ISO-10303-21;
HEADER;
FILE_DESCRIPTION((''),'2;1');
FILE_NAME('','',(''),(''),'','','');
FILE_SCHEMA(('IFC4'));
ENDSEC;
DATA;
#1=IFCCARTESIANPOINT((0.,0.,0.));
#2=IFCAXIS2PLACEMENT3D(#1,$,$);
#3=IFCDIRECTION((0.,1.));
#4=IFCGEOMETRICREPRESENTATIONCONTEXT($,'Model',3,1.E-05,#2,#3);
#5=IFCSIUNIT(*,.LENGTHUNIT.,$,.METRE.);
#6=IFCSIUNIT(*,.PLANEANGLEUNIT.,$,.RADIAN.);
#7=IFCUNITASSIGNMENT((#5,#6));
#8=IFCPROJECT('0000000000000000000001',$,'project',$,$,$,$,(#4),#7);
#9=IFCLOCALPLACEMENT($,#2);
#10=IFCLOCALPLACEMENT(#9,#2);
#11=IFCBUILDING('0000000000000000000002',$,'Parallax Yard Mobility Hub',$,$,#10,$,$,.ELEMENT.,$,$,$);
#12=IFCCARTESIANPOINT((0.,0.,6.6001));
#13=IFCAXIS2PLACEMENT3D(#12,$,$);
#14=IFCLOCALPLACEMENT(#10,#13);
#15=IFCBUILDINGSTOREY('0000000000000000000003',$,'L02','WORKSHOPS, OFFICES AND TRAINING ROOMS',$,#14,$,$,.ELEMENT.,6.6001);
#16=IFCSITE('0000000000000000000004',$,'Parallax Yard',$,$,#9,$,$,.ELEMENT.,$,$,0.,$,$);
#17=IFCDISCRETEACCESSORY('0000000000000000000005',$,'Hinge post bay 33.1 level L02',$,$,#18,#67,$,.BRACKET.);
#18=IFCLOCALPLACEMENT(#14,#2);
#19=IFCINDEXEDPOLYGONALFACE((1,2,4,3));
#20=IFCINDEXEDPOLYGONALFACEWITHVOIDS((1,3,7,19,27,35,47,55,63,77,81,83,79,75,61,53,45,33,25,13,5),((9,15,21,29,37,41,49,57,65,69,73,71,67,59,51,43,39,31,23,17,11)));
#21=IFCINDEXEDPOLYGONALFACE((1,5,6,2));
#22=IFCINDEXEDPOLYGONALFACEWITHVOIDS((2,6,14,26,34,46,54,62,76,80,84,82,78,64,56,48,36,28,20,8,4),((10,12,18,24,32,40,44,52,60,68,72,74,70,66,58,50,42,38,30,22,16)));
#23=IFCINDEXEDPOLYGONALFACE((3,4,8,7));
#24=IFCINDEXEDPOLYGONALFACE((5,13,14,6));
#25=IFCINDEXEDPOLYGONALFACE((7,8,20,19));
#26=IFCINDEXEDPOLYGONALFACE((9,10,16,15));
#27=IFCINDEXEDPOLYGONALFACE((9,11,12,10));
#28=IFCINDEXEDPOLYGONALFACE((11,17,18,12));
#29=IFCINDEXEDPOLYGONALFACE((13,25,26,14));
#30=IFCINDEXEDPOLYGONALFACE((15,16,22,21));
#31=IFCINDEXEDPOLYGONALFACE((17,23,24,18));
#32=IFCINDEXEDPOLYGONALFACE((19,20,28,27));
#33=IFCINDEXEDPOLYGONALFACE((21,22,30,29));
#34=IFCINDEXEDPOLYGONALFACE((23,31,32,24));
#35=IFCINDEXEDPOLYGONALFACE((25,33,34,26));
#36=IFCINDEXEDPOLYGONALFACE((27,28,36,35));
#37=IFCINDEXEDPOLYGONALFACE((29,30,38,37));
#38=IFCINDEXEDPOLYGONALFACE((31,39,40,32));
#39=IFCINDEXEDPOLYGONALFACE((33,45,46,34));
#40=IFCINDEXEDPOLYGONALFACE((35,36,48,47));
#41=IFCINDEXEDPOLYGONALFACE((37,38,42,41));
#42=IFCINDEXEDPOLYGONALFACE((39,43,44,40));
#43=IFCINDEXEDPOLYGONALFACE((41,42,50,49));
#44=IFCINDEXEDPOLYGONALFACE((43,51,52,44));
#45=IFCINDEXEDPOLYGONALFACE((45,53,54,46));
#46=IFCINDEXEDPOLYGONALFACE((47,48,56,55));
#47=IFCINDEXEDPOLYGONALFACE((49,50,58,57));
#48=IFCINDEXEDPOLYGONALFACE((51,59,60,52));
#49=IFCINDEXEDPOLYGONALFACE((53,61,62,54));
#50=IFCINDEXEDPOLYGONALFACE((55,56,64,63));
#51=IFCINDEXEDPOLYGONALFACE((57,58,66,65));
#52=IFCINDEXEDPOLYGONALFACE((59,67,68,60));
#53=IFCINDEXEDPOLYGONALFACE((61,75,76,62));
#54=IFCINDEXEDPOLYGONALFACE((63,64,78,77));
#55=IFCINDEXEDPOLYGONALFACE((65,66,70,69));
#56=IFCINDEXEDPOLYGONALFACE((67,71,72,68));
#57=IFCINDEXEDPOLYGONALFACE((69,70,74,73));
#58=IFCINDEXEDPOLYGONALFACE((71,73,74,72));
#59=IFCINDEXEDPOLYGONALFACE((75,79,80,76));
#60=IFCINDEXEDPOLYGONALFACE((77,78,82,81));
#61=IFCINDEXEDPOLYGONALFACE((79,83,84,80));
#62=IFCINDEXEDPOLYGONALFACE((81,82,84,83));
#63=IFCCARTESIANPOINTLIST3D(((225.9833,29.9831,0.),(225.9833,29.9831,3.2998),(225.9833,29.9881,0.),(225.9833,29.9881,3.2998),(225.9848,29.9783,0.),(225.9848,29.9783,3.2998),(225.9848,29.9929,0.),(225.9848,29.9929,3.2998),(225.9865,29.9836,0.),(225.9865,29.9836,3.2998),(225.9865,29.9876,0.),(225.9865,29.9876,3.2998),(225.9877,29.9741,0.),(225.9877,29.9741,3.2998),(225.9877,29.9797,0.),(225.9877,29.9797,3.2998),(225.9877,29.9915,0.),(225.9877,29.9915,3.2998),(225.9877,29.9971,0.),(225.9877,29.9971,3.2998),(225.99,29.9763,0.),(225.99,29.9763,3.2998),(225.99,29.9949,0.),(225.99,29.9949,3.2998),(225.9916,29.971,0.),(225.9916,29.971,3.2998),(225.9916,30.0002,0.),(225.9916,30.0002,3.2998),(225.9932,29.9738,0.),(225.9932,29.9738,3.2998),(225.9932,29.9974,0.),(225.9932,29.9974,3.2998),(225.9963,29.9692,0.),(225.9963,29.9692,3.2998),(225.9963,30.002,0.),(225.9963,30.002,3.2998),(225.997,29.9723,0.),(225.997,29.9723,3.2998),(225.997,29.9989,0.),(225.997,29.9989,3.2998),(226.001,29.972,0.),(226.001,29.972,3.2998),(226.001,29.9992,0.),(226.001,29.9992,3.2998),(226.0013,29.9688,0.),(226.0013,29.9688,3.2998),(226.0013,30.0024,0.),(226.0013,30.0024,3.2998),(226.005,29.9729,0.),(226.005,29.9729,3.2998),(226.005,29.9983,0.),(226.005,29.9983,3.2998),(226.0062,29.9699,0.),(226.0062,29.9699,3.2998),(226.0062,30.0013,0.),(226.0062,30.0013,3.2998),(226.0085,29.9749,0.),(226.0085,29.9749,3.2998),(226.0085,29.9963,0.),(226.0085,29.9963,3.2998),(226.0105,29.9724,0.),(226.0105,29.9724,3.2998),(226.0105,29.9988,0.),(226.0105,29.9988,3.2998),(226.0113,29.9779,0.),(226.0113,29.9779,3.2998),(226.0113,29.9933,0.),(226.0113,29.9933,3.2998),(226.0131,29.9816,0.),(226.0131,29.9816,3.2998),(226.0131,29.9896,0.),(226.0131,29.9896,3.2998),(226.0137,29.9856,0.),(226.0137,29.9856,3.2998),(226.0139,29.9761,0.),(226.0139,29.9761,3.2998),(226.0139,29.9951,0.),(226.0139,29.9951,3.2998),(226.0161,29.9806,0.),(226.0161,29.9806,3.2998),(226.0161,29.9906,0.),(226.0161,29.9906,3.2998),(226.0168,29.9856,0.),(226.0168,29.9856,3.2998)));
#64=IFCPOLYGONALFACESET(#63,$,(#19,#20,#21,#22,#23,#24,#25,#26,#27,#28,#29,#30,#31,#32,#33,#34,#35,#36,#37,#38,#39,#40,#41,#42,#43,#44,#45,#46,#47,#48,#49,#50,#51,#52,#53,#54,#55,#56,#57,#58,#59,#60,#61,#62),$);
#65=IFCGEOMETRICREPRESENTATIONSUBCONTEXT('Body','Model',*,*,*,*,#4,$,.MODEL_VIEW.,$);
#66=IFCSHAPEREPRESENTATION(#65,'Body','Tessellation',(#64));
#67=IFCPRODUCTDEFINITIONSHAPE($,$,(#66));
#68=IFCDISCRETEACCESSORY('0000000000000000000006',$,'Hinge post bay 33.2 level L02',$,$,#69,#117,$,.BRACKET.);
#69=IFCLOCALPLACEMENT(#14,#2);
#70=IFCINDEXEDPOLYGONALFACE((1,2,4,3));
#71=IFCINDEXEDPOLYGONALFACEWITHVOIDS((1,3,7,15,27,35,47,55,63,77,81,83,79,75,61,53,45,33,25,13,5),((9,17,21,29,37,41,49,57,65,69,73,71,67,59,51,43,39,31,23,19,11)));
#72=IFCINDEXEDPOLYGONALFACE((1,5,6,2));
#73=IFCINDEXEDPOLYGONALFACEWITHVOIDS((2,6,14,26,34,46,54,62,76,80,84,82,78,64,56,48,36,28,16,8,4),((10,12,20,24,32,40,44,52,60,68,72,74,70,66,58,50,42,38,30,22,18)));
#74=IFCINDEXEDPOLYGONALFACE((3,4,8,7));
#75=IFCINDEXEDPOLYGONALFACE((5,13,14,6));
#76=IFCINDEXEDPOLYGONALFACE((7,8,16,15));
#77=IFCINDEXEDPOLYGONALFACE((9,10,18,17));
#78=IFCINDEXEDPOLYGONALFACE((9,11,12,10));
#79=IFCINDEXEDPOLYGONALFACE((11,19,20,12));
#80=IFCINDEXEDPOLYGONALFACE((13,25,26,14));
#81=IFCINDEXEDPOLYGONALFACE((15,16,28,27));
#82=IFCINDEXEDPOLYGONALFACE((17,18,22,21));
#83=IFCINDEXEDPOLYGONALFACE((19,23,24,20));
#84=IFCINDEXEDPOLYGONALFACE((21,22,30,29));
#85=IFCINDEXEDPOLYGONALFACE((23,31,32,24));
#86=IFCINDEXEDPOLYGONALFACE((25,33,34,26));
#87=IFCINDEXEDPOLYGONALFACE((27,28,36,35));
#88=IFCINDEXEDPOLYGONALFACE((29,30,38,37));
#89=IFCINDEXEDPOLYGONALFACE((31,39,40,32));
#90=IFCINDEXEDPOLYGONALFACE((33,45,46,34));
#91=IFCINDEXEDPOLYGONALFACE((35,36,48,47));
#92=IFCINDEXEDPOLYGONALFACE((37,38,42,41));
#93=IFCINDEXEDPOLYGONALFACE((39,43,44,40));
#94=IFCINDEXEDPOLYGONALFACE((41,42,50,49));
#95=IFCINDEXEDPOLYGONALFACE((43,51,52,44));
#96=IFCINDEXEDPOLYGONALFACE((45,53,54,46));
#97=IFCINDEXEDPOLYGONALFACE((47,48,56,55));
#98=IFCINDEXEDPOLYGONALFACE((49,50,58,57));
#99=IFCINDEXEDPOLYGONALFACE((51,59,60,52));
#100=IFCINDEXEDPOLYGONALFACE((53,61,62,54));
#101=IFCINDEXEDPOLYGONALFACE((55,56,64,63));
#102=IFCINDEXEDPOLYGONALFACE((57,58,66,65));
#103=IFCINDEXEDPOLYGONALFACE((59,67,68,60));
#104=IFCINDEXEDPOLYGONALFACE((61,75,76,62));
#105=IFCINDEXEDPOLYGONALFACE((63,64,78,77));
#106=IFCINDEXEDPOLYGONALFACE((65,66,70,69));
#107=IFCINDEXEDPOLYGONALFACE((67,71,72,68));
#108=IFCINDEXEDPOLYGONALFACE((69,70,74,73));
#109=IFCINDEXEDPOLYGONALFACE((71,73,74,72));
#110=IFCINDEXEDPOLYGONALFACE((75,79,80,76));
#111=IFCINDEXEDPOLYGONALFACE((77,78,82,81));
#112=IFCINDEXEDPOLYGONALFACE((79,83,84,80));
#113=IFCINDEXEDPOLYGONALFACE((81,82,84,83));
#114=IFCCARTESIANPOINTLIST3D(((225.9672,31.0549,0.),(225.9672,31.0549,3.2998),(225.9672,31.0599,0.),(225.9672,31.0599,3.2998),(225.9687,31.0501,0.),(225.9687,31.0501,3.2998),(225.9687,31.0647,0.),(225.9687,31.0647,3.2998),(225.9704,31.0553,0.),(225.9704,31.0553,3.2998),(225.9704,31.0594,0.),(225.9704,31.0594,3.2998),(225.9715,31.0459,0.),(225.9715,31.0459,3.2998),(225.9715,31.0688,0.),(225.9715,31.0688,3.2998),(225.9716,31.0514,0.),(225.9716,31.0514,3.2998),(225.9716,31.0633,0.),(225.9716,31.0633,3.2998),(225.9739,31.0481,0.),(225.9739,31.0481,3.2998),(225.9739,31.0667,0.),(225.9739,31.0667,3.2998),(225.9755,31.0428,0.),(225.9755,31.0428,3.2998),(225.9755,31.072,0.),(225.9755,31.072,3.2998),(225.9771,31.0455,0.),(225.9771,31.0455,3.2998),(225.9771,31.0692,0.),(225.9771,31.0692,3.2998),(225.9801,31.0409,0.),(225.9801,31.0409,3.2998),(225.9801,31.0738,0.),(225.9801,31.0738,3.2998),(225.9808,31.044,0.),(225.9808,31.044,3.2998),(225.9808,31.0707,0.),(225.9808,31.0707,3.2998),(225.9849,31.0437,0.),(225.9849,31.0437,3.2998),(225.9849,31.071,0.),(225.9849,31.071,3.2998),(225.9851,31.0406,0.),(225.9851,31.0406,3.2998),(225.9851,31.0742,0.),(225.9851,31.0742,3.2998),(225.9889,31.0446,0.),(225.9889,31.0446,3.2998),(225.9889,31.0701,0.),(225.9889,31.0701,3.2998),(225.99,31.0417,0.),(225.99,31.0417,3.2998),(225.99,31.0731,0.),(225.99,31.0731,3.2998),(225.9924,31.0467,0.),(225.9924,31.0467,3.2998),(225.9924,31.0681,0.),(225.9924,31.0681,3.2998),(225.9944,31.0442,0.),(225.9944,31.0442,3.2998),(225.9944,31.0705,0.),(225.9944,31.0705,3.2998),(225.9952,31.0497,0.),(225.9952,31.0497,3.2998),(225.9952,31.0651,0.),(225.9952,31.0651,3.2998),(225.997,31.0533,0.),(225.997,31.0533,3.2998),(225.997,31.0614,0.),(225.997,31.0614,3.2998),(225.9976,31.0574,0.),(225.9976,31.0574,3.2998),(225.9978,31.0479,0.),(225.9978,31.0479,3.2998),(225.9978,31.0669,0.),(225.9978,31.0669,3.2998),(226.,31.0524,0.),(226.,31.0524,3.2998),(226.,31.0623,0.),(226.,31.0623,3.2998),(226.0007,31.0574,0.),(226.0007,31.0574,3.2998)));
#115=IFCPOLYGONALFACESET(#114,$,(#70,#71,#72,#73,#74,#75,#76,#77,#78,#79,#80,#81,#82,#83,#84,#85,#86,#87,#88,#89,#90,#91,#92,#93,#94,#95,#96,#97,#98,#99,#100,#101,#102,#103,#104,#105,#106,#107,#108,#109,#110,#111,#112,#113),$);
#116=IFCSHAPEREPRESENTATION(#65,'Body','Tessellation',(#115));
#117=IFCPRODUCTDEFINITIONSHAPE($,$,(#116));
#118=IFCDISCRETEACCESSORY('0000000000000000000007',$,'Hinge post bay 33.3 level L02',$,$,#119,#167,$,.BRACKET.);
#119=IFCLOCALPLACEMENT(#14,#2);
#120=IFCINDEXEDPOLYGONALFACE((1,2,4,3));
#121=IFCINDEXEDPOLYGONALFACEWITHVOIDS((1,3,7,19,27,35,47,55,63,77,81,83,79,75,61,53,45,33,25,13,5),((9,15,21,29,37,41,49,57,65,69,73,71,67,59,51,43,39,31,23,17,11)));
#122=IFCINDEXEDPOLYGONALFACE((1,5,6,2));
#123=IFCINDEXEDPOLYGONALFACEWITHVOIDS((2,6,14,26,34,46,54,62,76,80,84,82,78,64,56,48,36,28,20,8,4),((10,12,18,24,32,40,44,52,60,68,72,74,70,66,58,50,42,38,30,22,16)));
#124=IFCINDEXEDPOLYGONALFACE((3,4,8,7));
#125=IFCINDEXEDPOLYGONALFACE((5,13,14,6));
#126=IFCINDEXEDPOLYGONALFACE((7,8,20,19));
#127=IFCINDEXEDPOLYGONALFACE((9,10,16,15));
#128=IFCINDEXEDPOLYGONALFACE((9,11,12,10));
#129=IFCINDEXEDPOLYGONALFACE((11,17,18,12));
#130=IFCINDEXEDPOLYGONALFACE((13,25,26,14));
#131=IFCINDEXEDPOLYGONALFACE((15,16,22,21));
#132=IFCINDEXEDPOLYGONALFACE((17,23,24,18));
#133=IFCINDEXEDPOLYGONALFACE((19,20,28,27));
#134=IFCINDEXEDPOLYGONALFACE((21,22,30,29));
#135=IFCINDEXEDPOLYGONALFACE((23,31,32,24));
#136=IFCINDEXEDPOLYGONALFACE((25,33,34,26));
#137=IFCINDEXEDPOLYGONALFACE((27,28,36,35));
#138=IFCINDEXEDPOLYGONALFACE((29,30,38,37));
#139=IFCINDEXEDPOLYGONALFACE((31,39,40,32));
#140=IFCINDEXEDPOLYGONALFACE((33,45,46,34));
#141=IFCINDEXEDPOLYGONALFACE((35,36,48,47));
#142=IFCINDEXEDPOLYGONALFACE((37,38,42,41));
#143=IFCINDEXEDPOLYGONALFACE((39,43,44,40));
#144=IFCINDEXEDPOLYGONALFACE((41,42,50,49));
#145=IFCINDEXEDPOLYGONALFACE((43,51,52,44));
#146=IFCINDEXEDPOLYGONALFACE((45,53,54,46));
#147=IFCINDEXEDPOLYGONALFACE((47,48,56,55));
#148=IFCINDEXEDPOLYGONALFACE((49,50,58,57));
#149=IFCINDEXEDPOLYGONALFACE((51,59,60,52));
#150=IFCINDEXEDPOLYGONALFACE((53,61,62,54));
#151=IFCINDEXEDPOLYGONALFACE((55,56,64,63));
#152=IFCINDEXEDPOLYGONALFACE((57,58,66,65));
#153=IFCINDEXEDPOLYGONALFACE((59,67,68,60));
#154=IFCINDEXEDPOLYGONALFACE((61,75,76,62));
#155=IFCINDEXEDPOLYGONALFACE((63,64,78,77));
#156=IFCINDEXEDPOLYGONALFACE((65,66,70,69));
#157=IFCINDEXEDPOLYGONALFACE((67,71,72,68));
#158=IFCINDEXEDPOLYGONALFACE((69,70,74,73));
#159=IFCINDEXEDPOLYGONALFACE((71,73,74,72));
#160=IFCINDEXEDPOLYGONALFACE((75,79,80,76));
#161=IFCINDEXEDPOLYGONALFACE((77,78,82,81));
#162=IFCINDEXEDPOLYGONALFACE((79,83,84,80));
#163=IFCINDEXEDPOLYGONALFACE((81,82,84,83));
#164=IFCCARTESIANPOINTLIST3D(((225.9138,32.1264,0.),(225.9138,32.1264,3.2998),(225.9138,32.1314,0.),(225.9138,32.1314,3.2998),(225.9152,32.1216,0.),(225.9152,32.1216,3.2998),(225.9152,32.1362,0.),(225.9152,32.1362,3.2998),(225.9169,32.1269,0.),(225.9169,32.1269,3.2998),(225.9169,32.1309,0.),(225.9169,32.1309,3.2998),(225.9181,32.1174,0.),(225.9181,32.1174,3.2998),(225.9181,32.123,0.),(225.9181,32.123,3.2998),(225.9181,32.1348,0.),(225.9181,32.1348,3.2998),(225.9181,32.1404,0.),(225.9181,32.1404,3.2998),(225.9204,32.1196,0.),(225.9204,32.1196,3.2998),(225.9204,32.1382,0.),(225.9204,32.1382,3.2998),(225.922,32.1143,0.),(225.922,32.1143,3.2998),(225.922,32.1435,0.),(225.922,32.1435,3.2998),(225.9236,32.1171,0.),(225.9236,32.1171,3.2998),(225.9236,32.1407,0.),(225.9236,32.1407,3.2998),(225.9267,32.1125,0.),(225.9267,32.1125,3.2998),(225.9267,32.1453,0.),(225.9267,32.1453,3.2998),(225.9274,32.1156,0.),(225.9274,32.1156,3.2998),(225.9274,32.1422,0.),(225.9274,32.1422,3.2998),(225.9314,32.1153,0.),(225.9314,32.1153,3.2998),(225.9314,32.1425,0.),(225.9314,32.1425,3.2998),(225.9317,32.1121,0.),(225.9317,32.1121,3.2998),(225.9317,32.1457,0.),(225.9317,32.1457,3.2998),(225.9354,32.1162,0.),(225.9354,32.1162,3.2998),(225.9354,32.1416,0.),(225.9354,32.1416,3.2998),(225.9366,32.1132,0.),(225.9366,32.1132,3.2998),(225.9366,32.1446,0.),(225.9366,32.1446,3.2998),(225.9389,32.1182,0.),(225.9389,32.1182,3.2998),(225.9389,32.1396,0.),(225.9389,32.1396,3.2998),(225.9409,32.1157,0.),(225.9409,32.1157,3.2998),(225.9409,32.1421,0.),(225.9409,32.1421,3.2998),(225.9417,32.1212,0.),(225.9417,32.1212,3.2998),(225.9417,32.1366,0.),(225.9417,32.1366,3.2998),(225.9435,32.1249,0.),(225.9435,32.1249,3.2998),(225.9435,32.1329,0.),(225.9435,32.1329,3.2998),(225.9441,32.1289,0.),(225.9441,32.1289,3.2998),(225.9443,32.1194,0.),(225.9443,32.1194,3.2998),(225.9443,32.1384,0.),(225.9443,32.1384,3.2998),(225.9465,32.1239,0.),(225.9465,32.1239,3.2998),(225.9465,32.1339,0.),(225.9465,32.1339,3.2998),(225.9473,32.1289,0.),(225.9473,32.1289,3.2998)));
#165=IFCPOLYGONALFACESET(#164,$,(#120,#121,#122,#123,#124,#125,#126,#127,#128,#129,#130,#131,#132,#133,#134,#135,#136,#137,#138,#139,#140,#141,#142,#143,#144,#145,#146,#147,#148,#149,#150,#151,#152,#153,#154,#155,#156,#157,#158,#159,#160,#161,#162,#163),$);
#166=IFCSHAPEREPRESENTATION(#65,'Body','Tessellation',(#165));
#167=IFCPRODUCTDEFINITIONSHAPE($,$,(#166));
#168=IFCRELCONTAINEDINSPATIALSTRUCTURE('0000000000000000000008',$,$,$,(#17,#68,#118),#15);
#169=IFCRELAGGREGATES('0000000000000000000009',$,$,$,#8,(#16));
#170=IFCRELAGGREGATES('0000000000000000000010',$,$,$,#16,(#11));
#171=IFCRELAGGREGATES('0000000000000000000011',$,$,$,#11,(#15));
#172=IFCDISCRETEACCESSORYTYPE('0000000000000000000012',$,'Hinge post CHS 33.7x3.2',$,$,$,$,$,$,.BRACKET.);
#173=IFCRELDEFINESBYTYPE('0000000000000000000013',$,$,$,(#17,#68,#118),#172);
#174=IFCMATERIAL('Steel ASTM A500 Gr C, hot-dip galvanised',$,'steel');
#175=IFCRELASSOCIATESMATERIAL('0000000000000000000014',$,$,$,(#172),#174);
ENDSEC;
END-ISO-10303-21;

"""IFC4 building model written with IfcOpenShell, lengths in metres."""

from ifc_helpers import new_model, si_unit, direction, frame, origin, origin_2d, place, context, subcontext, project, spatial, hollow_circle, extrude, material, material_profile, profile_set, type_object, element, save


model = new_model("IFC4")

# Units and contexts
model_context = context("Model", 3, precision=1e-05, world=origin(), true_north=direction((0.0, 1.0)))
body_context = subcontext(model_context, "Body", "Model", "MODEL_VIEW")
ifc_project = project(units=[si_unit("LENGTHUNIT", "METRE"), si_unit("PLANEANGLEUNIT", "RADIAN")], contexts=[model_context])

# Site, building, storey
site_placement = place(None, origin())
site = spatial("IfcSite", under=ifc_project, at=site_placement, Name="Parallax Yard", CompositionType="ELEMENT", RefElevation=0.0)
building_placement = place(site_placement, origin())
building = spatial("IfcBuilding", under=site, at=building_placement, Name="Parallax Yard Mobility Hub", CompositionType="ELEMENT")
storey_placement = place(building_placement, frame((0.0, 0.0, 6.6001)))
storey = spatial("IfcBuildingStorey", under=building, at=storey_placement, Name="L02", Description="WORKSHOPS, OFFICES AND TRAINING ROOMS", CompositionType="ELEMENT", Elevation=6.6001)

# Discrete accessories
ifc_material_1 = material(Name="Steel ASTM A500 Gr C, hot-dip galvanised", Category="steel")
ifc_material_profile = material_profile(ifc_material_1, hollow_circle(Radius=0.0168, WallThickness=0.0032, at=origin_2d()), Name="CHS 33.7x3.2")
ifc_profile_set = profile_set([ifc_material_profile], Name="Steel ASTM A500 Gr C, hot-dip galvanised")
discrete_accessory_type = type_object("IfcDiscreteAccessoryType", Name="Hinge post CHS 33.7x3.2", PredefinedType="BRACKET", material=ifc_profile_set)
for number, where, z_axis, x_axis, name in (
    (1, (226.0, 29.9856, 0.0), (0.0, 0.0, 1.0), (1.0, 0.0, 0.0), "Hinge post bay 33.1 level L02"),
    (2, (225.9839, 31.0574, 0.0), (0.0, 0.0, 1.0), (1.0, 0.0, 0.0), "Hinge post bay 33.2 level L02"),
    (3, (225.9304, 32.1289, 0.0), (0.0, 0.0, 1.0), (1.0, 0.0, 0.0), "Hinge post bay 33.3 level L02"),
):
    element("IfcDiscreteAccessory", number, at=place(storey_placement, frame(where, z_axis=z_axis, x_axis=x_axis)), inside=storey, type_object=discrete_accessory_type, Name=name, PredefinedType="BRACKET", context=body_context, shape_type="SweptSolid", body=[
        extrude(hollow_circle(Radius=0.0168, WallThickness=0.0032, at=origin_2d()), origin(), (0.0, 0.0, 1.0), 3.2998),
    ])

save(model, "model.ifc")
